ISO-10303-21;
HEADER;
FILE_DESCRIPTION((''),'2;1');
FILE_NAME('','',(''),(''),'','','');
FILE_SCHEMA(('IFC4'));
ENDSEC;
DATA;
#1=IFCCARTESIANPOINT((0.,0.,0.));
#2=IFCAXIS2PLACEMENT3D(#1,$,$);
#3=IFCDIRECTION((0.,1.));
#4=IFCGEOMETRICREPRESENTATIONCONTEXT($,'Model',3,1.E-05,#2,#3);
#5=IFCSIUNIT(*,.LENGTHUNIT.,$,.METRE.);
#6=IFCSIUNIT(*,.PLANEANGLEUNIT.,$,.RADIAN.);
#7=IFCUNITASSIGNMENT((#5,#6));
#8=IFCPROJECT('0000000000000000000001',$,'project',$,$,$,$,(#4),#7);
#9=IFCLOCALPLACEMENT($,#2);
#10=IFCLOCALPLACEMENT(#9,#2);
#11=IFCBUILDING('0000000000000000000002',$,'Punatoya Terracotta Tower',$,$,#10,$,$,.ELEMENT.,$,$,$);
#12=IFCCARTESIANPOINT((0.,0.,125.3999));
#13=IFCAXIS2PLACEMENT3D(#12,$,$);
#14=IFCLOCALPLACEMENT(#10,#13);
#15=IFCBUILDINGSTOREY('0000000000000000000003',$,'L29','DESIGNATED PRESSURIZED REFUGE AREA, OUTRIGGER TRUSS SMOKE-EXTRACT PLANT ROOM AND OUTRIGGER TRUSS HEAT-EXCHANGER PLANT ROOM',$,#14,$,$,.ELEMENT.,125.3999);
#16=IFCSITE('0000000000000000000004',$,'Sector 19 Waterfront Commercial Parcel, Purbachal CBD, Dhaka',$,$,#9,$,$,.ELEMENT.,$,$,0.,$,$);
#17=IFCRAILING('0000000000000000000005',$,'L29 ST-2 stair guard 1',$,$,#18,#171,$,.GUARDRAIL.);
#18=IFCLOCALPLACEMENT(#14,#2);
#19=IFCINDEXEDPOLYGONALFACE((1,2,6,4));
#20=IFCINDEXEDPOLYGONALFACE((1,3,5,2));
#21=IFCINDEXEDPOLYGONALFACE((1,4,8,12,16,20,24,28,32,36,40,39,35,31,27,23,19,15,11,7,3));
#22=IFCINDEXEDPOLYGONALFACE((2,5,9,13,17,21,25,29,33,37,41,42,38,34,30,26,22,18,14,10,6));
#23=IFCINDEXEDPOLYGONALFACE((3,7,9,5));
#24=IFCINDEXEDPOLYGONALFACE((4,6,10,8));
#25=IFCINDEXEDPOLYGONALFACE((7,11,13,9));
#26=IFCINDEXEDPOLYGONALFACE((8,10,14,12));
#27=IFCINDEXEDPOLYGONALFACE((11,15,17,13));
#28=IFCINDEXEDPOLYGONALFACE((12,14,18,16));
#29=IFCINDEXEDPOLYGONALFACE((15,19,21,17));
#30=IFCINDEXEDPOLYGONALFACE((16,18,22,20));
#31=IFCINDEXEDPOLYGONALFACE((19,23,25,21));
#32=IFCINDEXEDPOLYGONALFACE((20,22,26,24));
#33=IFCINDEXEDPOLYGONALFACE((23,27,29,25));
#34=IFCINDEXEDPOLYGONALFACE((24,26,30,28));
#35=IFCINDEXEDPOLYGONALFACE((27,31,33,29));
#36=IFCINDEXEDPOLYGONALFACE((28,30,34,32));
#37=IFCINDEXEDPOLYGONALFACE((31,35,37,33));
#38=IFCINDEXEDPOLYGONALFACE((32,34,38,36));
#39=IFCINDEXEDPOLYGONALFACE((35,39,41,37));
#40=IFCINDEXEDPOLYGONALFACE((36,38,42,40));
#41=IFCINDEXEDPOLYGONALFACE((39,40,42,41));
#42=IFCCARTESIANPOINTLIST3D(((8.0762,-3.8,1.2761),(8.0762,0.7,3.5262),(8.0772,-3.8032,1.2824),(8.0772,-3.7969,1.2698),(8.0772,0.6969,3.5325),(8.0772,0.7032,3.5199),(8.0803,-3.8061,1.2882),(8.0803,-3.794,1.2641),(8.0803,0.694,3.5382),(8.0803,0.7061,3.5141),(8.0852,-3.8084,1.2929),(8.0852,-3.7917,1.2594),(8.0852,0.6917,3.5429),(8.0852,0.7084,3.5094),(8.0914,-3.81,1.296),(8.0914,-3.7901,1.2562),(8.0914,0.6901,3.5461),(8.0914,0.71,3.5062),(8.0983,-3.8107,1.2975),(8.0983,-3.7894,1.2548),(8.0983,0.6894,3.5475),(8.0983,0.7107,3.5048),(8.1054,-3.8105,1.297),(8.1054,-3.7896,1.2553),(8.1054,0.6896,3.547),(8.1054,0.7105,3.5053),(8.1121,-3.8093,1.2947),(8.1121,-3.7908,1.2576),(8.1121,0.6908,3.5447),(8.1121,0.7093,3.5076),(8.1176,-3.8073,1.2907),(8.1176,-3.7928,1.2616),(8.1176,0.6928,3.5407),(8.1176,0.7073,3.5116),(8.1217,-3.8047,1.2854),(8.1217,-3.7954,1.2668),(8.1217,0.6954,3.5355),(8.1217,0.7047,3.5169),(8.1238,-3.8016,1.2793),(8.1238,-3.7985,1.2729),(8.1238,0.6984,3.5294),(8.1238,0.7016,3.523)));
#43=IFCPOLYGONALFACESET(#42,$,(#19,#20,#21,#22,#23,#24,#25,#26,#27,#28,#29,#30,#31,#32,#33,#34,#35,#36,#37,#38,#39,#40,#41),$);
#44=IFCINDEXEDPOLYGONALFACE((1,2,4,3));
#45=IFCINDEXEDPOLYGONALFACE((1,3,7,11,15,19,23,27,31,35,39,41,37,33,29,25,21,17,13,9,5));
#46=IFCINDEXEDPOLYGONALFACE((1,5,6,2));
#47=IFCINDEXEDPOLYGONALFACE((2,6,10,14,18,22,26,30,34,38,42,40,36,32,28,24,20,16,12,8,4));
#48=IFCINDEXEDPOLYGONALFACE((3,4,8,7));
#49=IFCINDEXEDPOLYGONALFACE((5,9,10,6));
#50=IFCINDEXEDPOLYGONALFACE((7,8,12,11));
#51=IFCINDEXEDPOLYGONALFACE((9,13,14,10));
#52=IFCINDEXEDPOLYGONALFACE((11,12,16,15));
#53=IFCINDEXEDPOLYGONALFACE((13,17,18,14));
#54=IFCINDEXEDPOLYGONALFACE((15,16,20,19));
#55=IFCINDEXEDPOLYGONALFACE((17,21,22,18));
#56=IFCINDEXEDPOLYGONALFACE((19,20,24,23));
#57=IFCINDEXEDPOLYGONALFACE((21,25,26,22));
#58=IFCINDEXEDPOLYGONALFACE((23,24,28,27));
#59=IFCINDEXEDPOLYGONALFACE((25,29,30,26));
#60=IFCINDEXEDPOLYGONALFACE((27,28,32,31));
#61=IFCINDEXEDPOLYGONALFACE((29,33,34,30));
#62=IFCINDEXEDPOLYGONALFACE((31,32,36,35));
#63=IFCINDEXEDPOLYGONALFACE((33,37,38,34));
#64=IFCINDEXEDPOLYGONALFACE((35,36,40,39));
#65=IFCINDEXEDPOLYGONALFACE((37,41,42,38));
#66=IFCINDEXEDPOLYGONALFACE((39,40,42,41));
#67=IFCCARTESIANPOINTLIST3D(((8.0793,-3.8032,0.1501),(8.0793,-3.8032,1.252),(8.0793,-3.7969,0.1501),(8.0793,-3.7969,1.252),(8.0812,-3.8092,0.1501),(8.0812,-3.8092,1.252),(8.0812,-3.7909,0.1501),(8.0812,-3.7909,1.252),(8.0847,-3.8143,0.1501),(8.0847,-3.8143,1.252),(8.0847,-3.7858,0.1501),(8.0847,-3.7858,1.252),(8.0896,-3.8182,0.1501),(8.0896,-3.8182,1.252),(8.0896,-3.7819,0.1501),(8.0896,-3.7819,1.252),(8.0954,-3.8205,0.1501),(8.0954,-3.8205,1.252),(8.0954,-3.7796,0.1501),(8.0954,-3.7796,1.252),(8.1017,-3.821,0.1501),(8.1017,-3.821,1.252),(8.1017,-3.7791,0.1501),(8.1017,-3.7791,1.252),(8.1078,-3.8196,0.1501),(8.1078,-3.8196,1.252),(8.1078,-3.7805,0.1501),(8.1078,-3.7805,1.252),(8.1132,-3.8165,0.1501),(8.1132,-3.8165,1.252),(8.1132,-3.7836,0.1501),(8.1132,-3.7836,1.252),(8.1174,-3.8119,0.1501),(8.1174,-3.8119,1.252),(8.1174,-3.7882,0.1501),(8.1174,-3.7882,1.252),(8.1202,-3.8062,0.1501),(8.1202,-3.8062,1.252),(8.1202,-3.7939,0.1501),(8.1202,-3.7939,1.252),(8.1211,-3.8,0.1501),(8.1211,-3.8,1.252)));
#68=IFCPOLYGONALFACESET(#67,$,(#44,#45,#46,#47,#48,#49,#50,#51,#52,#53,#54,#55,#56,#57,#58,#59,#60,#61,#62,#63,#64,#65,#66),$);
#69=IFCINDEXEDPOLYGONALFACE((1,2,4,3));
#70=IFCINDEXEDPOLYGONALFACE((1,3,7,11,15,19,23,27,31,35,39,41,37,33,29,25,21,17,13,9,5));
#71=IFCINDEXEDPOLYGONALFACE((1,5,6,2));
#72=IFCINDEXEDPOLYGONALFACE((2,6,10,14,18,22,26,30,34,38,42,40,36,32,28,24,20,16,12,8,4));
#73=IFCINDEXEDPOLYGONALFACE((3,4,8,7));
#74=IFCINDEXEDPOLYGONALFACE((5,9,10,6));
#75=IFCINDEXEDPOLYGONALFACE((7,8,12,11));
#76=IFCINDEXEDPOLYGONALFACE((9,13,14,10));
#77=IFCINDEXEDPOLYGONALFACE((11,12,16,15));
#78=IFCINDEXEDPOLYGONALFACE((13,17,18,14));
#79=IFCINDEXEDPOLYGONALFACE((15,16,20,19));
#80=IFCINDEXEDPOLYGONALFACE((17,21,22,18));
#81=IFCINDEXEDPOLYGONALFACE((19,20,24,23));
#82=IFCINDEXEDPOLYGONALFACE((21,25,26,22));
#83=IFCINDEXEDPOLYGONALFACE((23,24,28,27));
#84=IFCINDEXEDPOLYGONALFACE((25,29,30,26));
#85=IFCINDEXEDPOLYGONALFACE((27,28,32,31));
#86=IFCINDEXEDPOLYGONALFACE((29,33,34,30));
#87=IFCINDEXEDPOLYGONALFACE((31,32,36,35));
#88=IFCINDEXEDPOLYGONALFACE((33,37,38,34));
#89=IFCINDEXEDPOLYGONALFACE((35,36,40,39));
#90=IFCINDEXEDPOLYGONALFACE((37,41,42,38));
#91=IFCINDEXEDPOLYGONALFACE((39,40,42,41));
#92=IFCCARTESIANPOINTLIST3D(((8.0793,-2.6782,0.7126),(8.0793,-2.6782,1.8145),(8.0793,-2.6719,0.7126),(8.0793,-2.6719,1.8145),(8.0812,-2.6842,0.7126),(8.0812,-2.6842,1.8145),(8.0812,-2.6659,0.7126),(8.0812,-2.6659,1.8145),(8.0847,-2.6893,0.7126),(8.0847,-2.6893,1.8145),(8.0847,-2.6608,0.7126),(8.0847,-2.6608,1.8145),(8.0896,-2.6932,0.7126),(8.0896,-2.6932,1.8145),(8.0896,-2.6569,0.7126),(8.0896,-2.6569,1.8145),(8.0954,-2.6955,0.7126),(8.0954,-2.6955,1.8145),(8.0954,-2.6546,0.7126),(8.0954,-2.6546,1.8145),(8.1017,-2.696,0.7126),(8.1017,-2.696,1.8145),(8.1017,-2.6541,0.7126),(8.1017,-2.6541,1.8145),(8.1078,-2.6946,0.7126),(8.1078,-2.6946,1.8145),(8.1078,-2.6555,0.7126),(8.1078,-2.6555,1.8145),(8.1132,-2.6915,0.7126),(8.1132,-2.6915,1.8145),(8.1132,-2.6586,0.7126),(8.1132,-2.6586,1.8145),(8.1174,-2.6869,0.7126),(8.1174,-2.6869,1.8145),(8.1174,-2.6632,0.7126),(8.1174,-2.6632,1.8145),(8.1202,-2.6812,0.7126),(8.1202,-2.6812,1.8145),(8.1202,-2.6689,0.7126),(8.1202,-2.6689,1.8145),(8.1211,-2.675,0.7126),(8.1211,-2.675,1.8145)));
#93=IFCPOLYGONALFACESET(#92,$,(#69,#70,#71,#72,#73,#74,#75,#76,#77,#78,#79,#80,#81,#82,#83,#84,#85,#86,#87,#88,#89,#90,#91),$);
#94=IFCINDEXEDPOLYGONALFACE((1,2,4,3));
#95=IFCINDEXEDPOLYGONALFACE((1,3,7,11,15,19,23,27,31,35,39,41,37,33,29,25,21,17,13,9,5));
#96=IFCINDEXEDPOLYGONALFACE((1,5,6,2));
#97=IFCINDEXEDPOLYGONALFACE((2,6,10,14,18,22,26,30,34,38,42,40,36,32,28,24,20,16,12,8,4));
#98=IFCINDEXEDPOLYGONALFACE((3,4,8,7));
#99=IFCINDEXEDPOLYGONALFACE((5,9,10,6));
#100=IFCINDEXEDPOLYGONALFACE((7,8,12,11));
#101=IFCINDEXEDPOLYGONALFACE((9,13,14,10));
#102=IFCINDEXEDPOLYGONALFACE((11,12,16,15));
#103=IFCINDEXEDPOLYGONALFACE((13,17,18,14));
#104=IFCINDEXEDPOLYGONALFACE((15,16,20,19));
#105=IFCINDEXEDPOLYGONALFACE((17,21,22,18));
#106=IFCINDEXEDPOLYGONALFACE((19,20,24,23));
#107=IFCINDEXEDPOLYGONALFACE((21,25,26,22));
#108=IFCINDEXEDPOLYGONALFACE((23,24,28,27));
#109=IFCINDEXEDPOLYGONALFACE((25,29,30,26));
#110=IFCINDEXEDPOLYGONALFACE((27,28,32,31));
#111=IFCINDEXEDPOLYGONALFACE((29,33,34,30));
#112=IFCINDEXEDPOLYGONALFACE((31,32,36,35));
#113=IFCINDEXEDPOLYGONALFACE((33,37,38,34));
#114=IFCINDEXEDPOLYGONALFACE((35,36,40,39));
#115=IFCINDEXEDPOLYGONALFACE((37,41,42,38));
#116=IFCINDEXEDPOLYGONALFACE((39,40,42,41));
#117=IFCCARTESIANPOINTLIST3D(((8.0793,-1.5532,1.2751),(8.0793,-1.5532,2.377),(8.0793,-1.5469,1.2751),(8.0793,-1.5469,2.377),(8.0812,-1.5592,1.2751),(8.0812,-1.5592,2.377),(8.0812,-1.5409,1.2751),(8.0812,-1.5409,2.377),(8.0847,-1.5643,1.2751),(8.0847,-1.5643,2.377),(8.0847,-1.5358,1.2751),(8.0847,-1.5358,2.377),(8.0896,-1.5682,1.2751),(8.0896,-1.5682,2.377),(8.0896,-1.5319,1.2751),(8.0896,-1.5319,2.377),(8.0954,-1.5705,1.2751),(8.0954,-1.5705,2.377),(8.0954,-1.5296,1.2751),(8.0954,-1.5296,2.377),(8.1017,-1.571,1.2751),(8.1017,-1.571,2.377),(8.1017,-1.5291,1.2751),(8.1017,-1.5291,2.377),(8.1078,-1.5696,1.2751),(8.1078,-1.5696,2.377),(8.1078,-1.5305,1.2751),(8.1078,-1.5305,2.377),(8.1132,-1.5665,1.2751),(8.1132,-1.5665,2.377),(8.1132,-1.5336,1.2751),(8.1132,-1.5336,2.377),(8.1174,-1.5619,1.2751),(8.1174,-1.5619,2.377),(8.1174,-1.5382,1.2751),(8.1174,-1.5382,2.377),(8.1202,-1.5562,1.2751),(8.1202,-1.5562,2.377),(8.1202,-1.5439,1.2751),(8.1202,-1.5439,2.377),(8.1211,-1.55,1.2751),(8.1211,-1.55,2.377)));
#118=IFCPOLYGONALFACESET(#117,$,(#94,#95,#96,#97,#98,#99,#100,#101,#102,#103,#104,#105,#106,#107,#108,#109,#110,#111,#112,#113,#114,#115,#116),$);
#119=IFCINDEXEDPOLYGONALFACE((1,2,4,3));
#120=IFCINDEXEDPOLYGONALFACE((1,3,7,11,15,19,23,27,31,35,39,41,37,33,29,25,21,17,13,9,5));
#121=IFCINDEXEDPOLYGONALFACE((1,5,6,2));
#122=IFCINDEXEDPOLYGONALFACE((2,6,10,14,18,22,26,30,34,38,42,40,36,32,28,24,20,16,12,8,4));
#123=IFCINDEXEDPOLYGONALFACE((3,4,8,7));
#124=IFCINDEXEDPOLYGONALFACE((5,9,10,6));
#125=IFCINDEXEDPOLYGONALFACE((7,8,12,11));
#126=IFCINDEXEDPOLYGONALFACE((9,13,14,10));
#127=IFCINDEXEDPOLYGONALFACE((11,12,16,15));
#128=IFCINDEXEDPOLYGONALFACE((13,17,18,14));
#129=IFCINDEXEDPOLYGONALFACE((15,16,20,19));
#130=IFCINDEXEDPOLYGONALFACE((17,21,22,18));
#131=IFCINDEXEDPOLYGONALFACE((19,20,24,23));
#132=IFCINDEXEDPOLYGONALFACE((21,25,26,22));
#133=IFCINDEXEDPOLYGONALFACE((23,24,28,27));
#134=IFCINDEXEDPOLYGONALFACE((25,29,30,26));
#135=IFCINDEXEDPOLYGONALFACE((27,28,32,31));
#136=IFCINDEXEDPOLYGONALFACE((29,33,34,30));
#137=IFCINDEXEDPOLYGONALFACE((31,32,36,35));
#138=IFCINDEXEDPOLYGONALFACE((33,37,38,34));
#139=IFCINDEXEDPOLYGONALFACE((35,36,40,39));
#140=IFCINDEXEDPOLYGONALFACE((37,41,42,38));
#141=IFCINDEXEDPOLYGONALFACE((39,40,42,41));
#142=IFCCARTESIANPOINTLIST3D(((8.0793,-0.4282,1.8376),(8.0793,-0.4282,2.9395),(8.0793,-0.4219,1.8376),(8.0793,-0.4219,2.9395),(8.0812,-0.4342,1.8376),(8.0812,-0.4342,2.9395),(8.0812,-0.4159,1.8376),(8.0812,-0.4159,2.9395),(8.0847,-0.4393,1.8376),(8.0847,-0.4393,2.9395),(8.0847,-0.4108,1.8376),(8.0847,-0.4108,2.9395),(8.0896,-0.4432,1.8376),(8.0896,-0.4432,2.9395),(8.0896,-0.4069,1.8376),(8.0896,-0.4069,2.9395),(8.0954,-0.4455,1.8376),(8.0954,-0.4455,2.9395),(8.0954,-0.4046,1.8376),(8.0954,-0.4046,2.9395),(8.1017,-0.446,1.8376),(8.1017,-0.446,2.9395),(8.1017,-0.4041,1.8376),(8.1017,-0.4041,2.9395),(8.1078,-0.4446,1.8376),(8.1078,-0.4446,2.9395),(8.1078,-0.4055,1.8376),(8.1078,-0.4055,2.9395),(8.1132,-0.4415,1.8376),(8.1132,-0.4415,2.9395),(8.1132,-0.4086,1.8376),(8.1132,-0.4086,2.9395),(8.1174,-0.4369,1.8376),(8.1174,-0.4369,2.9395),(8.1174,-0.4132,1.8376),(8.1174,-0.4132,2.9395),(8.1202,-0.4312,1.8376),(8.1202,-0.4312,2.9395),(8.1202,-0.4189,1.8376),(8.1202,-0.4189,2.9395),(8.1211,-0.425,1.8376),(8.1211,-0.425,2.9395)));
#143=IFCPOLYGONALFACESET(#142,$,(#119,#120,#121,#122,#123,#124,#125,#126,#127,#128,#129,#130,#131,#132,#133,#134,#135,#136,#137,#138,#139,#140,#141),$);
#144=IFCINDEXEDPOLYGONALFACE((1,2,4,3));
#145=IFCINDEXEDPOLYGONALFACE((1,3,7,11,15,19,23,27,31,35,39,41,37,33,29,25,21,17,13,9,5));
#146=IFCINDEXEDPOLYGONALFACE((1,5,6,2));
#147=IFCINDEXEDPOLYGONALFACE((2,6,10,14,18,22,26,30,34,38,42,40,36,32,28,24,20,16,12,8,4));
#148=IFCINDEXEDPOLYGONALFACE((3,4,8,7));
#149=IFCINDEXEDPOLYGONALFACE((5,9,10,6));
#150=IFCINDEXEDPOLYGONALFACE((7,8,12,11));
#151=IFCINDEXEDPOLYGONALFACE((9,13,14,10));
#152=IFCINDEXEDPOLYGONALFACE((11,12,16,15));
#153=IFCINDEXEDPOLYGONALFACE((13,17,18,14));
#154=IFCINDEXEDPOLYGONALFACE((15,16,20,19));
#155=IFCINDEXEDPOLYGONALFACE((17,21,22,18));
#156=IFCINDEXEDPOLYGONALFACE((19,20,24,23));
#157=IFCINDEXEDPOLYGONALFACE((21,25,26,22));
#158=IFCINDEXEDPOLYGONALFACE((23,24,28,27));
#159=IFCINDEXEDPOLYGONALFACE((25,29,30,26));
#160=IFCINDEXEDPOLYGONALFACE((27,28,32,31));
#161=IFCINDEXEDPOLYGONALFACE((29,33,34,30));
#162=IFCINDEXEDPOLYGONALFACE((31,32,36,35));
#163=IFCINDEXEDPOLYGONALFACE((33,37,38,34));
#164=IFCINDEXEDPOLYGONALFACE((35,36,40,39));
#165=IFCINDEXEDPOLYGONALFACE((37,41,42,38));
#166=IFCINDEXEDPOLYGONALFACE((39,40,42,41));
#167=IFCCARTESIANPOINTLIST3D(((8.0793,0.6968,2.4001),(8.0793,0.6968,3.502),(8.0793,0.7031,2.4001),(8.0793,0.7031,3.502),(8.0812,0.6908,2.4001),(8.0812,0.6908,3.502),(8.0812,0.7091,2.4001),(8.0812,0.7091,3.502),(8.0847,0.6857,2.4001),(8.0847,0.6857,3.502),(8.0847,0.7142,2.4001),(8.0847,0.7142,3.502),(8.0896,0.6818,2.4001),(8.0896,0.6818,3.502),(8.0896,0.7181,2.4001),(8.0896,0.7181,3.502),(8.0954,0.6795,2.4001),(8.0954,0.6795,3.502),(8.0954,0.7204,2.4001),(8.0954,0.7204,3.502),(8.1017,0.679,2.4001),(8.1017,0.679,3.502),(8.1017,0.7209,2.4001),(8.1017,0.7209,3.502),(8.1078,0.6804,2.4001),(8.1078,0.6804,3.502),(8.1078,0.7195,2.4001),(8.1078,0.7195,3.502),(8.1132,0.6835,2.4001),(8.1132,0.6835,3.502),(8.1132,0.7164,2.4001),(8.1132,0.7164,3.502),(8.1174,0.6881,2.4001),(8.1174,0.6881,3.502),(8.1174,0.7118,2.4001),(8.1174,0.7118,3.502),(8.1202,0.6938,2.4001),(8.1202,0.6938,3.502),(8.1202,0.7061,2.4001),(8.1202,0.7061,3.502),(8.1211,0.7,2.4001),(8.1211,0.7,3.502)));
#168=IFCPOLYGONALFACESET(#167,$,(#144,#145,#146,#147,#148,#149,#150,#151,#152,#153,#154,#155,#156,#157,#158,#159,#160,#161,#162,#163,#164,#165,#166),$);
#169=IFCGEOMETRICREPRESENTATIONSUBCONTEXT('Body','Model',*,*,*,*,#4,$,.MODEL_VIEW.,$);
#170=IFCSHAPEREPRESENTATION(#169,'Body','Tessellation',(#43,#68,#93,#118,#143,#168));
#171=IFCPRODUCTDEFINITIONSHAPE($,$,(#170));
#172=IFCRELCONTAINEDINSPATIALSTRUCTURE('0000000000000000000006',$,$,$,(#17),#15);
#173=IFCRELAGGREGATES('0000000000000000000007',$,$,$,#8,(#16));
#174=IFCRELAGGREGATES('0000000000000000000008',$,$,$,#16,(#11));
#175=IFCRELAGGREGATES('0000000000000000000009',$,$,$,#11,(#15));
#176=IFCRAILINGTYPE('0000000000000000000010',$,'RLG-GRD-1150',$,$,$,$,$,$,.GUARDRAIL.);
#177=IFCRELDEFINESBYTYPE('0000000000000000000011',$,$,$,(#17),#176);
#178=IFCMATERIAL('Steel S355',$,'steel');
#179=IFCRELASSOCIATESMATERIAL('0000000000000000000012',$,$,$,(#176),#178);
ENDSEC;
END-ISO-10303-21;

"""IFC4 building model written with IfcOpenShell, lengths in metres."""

from ifc_helpers import new_model, si_unit, direction, frame, origin, origin_2d, place, context, subcontext, project, spatial, circle, extrude, material, type_object, element, save


model = new_model("IFC4")

# Units and contexts
model_context = context("Model", 3, precision=1e-05, world=origin(), true_north=direction((0.0, 1.0)))
body_context = subcontext(model_context, "Body", "Model", "MODEL_VIEW")
ifc_project = project(units=[si_unit("LENGTHUNIT", "METRE"), si_unit("PLANEANGLEUNIT", "RADIAN")], contexts=[model_context])

# Site, building, storey
site_placement = place(None, origin())
site = spatial("IfcSite", under=ifc_project, at=site_placement, Name="Sector 19 Waterfront Commercial Parcel, Purbachal CBD, Dhaka", CompositionType="ELEMENT", RefElevation=0.0)
building_placement = place(site_placement, origin())
building = spatial("IfcBuilding", under=site, at=building_placement, Name="Punatoya Terracotta Tower", CompositionType="ELEMENT")
storey_placement = place(building_placement, frame((0.0, 0.0, 125.3999)))
storey = spatial("IfcBuildingStorey", under=building, at=storey_placement, Name="L29", Description="DESIGNATED PRESSURIZED REFUGE AREA, OUTRIGGER TRUSS SMOKE-EXTRACT PLANT ROOM AND OUTRIGGER TRUSS HEAT-EXCHANGER PLANT ROOM", CompositionType="ELEMENT", Elevation=125.3999)

# Railing
ifc_material_1 = material(Name="Steel S355", Category="steel")
railing_type_1 = type_object("IfcRailingType", Name="RLG-GRD-1150", PredefinedType="GUARDRAIL", material=ifc_material_1)
railing_1_placement = place(storey_placement, frame((8.1001, -3.8, 0.1501)))
element("IfcRailing", 1, at=railing_1_placement, inside=storey, type_object=railing_type_1, Name="L29 ST-2 stair guard 1", PredefinedType="GUARDRAIL", context=body_context, shape_type="SweptSolid", body=[
    extrude(circle(Radius=0.0239, at=origin_2d()), frame((0.0, 0.0, 1.126), z_axis=(0.0, 0.894427, 0.447214), x_axis=(-1.0, 0.0, 0.0)), (0.0, 0.0, 1.0), 5.0312),
    extrude(circle(Radius=0.021, at=origin_2d()), origin(), (0.0, 0.0, 1.0), 1.1018),
    extrude(circle(Radius=0.021, at=origin_2d()), frame((0.0, 1.125, 0.5625)), (0.0, 0.0, 1.0), 1.1018),
    extrude(circle(Radius=0.021, at=origin_2d()), frame((0.0, 2.25, 1.125)), (0.0, 0.0, 1.0), 1.1018),
    extrude(circle(Radius=0.021, at=origin_2d()), frame((0.0, 3.375, 1.6875)), (0.0, 0.0, 1.0), 1.1018),
    extrude(circle(Radius=0.021, at=origin_2d()), frame((0.0, 4.5, 2.25)), (0.0, 0.0, 1.0), 1.1018),
])

save(model, "model.ifc")
